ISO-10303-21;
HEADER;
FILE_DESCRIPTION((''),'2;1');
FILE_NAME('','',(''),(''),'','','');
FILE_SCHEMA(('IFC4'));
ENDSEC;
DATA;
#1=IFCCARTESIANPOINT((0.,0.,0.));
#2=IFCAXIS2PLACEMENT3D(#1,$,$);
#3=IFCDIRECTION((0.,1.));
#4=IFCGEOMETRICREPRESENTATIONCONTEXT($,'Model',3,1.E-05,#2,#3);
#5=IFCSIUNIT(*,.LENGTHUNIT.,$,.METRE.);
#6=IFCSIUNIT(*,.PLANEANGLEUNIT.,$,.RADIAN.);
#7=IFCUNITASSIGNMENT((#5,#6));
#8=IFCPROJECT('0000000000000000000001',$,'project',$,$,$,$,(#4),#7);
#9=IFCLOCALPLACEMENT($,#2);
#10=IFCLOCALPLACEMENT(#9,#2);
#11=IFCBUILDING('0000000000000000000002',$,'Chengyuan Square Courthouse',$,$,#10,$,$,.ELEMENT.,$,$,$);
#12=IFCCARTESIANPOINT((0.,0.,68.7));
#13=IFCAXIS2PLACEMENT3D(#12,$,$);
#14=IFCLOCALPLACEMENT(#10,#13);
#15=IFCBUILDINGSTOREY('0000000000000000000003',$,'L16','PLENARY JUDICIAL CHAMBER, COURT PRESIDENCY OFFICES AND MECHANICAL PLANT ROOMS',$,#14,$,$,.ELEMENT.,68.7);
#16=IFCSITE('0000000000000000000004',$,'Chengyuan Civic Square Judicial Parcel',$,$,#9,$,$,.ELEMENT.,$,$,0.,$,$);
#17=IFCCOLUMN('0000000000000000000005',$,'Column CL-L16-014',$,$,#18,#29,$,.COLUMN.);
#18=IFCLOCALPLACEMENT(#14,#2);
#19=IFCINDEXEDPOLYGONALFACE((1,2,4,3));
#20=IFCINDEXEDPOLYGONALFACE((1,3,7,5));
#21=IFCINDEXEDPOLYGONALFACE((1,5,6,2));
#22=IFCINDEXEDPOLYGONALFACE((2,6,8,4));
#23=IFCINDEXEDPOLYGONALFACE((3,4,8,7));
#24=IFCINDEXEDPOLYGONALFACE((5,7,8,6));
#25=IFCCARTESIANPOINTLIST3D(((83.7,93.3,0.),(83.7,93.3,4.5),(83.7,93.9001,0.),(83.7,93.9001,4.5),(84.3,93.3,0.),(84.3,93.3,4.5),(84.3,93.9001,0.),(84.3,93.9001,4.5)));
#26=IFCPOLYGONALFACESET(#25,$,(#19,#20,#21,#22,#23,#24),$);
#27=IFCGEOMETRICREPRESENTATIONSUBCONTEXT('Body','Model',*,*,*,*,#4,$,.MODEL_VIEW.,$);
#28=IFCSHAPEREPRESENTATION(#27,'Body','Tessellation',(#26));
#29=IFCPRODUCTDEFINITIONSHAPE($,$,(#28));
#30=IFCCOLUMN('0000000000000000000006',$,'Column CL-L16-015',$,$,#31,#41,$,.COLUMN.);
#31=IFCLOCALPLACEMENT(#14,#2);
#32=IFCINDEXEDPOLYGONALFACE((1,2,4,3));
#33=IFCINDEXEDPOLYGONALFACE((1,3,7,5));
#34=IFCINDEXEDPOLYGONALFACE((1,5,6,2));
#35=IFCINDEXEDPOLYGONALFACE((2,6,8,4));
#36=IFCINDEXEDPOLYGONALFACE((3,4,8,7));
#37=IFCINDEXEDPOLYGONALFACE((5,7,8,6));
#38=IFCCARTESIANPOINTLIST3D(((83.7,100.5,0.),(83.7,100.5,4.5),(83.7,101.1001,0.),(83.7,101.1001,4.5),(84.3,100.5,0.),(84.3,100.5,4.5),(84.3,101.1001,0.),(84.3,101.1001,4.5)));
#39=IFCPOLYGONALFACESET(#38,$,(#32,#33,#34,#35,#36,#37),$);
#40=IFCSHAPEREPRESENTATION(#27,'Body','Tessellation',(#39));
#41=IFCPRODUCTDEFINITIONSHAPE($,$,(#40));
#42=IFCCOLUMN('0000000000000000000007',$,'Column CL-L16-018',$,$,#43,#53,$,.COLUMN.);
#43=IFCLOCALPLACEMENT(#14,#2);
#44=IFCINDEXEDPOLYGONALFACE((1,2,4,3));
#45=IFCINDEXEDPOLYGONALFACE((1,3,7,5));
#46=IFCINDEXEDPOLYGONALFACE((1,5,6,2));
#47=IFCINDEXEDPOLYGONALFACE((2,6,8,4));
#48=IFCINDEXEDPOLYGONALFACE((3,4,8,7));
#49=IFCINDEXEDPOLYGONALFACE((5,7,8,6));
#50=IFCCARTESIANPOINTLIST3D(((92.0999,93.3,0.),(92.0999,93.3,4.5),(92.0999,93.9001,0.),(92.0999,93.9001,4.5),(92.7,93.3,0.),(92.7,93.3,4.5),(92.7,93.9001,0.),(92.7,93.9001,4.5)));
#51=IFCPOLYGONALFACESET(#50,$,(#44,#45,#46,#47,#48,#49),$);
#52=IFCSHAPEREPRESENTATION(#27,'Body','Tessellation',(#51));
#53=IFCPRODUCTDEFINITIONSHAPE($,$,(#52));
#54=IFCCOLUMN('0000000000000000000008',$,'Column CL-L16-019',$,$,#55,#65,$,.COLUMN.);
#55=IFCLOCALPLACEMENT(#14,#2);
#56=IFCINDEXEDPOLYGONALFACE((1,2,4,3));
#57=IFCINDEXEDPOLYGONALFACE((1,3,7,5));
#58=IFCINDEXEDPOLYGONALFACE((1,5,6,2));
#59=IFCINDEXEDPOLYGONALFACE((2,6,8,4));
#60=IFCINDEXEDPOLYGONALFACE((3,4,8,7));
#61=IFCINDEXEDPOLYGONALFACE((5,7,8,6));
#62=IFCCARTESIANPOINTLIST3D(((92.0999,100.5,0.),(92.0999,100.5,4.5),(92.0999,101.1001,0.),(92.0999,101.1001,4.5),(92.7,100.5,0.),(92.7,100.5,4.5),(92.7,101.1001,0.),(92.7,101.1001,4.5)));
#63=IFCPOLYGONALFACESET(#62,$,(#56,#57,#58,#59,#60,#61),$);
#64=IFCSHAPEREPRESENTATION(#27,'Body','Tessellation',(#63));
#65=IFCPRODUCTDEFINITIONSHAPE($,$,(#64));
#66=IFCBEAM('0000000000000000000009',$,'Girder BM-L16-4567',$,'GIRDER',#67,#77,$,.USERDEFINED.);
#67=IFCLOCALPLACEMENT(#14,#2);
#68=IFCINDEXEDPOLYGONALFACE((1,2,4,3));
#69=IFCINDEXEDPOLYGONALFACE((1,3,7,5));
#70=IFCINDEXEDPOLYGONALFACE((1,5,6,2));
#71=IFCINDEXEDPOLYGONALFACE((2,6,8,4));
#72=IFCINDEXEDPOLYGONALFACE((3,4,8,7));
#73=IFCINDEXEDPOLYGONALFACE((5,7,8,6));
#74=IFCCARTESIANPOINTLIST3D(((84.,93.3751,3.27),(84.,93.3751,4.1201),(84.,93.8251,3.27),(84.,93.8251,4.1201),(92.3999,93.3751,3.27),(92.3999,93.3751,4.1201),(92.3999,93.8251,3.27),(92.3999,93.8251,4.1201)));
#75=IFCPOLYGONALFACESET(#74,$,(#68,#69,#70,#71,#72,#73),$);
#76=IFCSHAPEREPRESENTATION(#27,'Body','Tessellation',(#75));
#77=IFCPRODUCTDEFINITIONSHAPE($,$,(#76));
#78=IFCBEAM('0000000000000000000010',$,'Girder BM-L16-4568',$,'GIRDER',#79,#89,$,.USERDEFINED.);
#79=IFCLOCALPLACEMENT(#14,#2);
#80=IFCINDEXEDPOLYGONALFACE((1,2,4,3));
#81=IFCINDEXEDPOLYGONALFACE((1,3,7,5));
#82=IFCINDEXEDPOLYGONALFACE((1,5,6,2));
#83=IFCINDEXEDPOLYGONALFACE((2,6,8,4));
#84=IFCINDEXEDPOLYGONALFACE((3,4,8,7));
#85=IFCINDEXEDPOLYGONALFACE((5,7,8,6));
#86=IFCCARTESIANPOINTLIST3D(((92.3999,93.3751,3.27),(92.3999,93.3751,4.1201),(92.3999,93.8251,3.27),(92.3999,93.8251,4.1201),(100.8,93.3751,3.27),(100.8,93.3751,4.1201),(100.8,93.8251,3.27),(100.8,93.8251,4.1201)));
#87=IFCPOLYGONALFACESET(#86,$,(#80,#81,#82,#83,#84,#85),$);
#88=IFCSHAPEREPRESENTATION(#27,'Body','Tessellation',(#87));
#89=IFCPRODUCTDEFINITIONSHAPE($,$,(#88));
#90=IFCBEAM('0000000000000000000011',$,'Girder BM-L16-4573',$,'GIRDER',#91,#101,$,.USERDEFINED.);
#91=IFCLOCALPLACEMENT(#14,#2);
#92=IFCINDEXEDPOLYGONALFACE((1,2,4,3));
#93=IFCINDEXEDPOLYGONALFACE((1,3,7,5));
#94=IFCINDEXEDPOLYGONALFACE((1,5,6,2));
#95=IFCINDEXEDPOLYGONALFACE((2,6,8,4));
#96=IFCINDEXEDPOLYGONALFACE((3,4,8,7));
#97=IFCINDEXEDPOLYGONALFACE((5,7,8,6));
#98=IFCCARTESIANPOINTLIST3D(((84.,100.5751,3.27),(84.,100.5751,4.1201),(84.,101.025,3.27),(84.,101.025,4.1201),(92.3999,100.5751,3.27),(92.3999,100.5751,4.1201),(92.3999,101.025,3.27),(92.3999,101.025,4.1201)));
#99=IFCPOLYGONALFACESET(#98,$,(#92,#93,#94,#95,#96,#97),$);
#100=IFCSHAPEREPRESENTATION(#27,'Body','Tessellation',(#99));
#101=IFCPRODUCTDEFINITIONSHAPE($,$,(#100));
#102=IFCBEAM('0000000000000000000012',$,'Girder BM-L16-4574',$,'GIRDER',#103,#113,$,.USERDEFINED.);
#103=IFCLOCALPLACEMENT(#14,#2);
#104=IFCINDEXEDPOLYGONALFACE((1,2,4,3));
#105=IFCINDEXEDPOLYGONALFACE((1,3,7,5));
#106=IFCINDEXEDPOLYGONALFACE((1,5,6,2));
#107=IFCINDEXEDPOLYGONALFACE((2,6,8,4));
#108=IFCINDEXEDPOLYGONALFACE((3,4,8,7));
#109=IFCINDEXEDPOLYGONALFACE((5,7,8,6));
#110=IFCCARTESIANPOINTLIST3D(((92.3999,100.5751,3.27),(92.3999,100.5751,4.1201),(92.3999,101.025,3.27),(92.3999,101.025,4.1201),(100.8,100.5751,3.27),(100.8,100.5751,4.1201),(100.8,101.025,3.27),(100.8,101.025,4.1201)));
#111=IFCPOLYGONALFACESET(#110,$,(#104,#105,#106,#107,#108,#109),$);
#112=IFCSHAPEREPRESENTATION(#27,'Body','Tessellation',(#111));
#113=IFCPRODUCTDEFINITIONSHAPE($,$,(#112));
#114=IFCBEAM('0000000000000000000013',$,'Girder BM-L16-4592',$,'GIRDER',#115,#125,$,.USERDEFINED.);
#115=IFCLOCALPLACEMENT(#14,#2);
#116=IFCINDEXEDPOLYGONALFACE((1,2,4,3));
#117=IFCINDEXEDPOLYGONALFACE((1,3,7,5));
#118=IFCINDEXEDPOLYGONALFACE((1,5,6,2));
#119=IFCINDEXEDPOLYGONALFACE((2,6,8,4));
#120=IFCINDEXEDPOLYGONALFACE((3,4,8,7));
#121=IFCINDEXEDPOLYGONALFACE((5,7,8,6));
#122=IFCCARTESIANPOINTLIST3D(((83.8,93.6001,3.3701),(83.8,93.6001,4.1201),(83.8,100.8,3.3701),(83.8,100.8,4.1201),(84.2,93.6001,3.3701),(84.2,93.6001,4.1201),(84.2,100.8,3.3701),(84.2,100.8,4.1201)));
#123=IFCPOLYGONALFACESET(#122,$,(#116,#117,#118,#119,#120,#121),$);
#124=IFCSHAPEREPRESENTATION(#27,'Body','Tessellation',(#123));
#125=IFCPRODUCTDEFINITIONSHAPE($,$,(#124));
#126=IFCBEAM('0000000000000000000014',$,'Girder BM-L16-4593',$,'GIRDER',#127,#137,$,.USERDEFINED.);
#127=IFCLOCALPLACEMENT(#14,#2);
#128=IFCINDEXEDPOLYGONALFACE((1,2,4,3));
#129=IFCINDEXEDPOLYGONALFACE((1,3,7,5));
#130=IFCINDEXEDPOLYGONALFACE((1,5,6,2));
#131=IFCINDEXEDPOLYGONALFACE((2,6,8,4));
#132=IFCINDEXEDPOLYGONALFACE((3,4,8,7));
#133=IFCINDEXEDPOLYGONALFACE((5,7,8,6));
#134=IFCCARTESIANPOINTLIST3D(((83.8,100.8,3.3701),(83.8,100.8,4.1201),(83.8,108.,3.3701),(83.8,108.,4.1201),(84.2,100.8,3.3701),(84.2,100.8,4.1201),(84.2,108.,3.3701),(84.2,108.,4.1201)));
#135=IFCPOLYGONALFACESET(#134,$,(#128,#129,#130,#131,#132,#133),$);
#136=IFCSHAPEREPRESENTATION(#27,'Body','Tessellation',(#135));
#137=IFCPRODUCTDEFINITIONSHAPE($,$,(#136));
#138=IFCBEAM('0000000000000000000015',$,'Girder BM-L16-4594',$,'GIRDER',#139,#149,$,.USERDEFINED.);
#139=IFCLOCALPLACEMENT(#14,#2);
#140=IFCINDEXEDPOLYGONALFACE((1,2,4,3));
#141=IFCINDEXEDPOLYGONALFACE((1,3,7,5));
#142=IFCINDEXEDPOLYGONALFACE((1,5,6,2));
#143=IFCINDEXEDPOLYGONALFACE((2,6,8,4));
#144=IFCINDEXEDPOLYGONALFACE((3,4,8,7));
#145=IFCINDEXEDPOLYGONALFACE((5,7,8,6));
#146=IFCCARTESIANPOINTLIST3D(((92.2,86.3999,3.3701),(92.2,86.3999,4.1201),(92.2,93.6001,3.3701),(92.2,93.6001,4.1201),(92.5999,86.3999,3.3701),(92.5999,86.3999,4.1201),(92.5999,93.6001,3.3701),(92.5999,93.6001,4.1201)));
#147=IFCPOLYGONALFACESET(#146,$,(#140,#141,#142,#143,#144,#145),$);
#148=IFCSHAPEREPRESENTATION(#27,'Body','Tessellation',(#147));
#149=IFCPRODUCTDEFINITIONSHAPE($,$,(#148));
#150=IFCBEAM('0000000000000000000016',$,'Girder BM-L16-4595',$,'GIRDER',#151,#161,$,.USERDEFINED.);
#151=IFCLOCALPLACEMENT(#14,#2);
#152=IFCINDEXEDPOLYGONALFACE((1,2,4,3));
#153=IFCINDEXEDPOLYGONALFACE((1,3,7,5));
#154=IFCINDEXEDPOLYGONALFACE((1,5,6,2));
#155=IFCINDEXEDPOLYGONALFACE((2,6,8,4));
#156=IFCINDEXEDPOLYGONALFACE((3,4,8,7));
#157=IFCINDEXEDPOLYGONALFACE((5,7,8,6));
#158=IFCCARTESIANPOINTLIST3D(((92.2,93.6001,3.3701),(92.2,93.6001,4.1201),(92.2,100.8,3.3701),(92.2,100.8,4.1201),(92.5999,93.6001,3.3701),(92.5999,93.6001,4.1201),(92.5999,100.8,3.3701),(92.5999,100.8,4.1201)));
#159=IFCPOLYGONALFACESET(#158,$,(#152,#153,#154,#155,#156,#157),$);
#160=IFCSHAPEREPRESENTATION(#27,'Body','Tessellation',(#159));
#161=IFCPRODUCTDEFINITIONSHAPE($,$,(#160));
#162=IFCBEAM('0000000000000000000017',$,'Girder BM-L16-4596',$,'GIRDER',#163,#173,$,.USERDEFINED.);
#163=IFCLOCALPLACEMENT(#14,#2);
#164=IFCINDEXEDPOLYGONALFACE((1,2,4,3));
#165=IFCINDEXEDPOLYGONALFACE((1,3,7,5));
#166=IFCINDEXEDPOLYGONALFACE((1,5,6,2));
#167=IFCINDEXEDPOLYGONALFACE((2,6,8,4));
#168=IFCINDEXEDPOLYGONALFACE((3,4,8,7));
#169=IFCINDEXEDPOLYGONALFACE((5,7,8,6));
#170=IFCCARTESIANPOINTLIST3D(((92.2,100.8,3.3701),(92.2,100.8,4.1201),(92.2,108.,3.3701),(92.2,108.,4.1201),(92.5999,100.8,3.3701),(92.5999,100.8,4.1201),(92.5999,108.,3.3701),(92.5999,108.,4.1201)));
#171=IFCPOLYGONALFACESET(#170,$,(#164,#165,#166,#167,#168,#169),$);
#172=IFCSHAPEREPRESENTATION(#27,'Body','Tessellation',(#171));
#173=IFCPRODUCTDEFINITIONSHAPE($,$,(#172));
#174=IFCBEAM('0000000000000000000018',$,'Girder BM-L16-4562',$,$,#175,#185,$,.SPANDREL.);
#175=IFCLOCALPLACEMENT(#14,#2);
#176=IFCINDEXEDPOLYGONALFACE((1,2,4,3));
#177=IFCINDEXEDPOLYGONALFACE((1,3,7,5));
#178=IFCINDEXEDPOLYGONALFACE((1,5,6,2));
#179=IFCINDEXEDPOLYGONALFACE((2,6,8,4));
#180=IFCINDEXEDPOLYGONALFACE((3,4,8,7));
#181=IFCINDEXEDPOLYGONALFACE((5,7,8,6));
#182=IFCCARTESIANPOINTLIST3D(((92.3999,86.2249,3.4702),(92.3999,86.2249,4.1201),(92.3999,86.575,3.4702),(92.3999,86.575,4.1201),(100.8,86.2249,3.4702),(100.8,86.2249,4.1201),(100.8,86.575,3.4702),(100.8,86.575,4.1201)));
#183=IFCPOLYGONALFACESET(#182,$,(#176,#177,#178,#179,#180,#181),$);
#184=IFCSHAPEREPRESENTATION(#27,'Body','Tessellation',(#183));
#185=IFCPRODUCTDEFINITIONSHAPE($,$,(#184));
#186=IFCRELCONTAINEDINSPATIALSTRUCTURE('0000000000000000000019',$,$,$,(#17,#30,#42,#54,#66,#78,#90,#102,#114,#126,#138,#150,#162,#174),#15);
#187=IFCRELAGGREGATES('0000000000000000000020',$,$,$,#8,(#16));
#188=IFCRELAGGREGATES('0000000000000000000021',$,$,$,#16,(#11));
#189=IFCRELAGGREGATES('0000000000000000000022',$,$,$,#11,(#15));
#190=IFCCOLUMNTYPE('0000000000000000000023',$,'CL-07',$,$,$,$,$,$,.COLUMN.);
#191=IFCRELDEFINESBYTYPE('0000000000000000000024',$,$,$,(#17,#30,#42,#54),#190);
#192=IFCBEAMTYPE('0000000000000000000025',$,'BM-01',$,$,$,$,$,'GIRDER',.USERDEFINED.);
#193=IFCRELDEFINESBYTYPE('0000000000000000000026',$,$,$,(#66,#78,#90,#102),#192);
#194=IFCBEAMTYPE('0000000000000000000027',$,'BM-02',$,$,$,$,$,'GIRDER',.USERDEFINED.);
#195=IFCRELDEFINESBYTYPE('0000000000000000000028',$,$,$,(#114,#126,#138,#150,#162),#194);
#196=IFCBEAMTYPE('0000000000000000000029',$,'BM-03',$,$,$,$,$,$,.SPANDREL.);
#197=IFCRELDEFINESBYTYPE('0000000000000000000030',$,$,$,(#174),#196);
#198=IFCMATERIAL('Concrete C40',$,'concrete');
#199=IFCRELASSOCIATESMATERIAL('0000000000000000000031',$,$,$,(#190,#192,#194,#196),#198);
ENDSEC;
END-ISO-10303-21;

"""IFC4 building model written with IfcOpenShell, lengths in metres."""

from ifc_helpers import new_model, si_unit, direction, frame, origin, origin_2d, place, context, subcontext, project, spatial, rectangle, extrude, material, material_profile, profile_set, type_object, element, save


model = new_model("IFC4")

# Units and contexts
model_context = context("Model", 3, precision=1e-05, world=origin(), true_north=direction((0.0, 1.0)))
body_context = subcontext(model_context, "Body", "Model", "MODEL_VIEW")
ifc_project = project(units=[si_unit("LENGTHUNIT", "METRE"), si_unit("PLANEANGLEUNIT", "RADIAN")], contexts=[model_context])

# Site, building, storey
site_placement = place(None, origin())
site = spatial("IfcSite", under=ifc_project, at=site_placement, Name="Chengyuan Civic Square Judicial Parcel", CompositionType="ELEMENT", RefElevation=0.0)
building_placement = place(site_placement, origin())
building = spatial("IfcBuilding", under=site, at=building_placement, Name="Chengyuan Square Courthouse", CompositionType="ELEMENT")
storey_placement = place(building_placement, frame((0.0, 0.0, 68.7)))
storey = spatial("IfcBuildingStorey", under=building, at=storey_placement, Name="L16", Description="PLENARY JUDICIAL CHAMBER, COURT PRESIDENCY OFFICES AND MECHANICAL PLANT ROOMS", CompositionType="ELEMENT", Elevation=68.7)

# Columns
ifc_material_1 = material(Name="Concrete C40", Category="concrete")
ifc_material_profile_1 = material_profile(ifc_material_1, rectangle(XDim=0.6001, YDim=0.6001, at=origin_2d()), Name="RC-COL-600x600")
ifc_profile_set_1 = profile_set([ifc_material_profile_1], Name="Concrete C40")
column_type = type_object("IfcColumnType", Name="CL-07", PredefinedType="COLUMN", material=ifc_profile_set_1)
for number, where, z_axis, x_axis, name in (
    (1, (84.0, 93.6001, 0.0), (0.0, 0.0, 1.0), (1.0, 0.0, 0.0), "Column CL-L16-014"),
    (2, (84.0, 100.8, 0.0), (0.0, 0.0, 1.0), (1.0, 0.0, 0.0), "Column CL-L16-015"),
    (3, (92.3999, 93.6001, 0.0), (0.0, 0.0, 1.0), (1.0, 0.0, 0.0), "Column CL-L16-018"),
    (4, (92.3999, 100.8, 0.0), (0.0, 0.0, 1.0), (1.0, 0.0, 0.0), "Column CL-L16-019"),
):
    element("IfcColumn", number, at=place(storey_placement, frame(where, z_axis=z_axis, x_axis=x_axis)), inside=storey, type_object=column_type, Name=name, PredefinedType="COLUMN", context=body_context, shape_type="SweptSolid", body=[
        extrude(rectangle(XDim=0.6001, YDim=0.6001, at=origin_2d()), origin(), (0.0, 0.0, 1.0), 4.5),
    ])

# Beams
ifc_material_profile_2 = material_profile(ifc_material_1, rectangle(XDim=0.45, YDim=0.8501, at=origin_2d()), Name="RC-BM-450x850")
ifc_profile_set_2 = profile_set([ifc_material_profile_2], Name="Concrete C40")
beam_type_1 = type_object("IfcBeamType", Name="BM-01", ElementType="GIRDER", PredefinedType="USERDEFINED", material=ifc_profile_set_2)
beam_1_placement = place(storey_placement, frame((84.0, 93.6001, 3.6951), z_axis=(1.0, 0.0, 0.0), x_axis=(0.0, 1.0, 0.0)))
element("IfcBeam", 5, at=beam_1_placement, inside=storey, type_object=beam_type_1, Name="Girder BM-L16-4567", ObjectType="GIRDER", PredefinedType="USERDEFINED", context=body_context, shape_type="SweptSolid", body=[
    extrude(rectangle(XDim=0.45, YDim=0.8501, at=origin_2d()), origin(), (0.0, 0.0, 1.0), 8.3999),
])
beam_2_placement = place(storey_placement, frame((92.3999, 93.6001, 3.6951), z_axis=(1.0, 0.0, 0.0), x_axis=(0.0, 1.0, 0.0)))
element("IfcBeam", 6, at=beam_2_placement, inside=storey, type_object=beam_type_1, Name="Girder BM-L16-4568", ObjectType="GIRDER", PredefinedType="USERDEFINED", context=body_context, shape_type="SweptSolid", body=[
    extrude(rectangle(XDim=0.45, YDim=0.8501, at=origin_2d()), origin(), (0.0, 0.0, 1.0), 8.4001),
])
beam_3_placement = place(storey_placement, frame((84.0, 100.8, 3.6951), z_axis=(1.0, 0.0, 0.0), x_axis=(0.0, 1.0, 0.0)))
element("IfcBeam", 7, at=beam_3_placement, inside=storey, type_object=beam_type_1, Name="Girder BM-L16-4573", ObjectType="GIRDER", PredefinedType="USERDEFINED", context=body_context, shape_type="SweptSolid", body=[
    extrude(rectangle(XDim=0.45, YDim=0.8501, at=origin_2d()), origin(), (0.0, 0.0, 1.0), 8.3999),
])
beam_4_placement = place(storey_placement, frame((92.3999, 100.8, 3.6951), z_axis=(1.0, 0.0, 0.0), x_axis=(0.0, 1.0, 0.0)))
element("IfcBeam", 8, at=beam_4_placement, inside=storey, type_object=beam_type_1, Name="Girder BM-L16-4574", ObjectType="GIRDER", PredefinedType="USERDEFINED", context=body_context, shape_type="SweptSolid", body=[
    extrude(rectangle(XDim=0.45, YDim=0.8501, at=origin_2d()), origin(), (0.0, 0.0, 1.0), 8.4001),
])
ifc_material_profile_3 = material_profile(ifc_material_1, rectangle(XDim=0.3999, YDim=0.75, at=origin_2d()), Name="RC-BM-400x750")
ifc_profile_set_3 = profile_set([ifc_material_profile_3], Name="Concrete C40")
beam_type_2 = type_object("IfcBeamType", Name="BM-02", ElementType="GIRDER", PredefinedType="USERDEFINED", material=ifc_profile_set_3)
for number, where, z_axis, x_axis, name in (
    (9, (84.0, 93.6001, 3.7451), (0.0, 1.0, 0.0), (-1.0, 0.0, 0.0), "Girder BM-L16-4592"),
    (10, (84.0, 100.8, 3.7451), (0.0, 1.0, 0.0), (-1.0, 0.0, 0.0), "Girder BM-L16-4593"),
):
    element("IfcBeam", number, at=place(storey_placement, frame(where, z_axis=z_axis, x_axis=x_axis)), inside=storey, type_object=beam_type_2, Name=name, ObjectType="GIRDER", PredefinedType="USERDEFINED", context=body_context, shape_type="SweptSolid", body=[
        extrude(rectangle(XDim=0.3999, YDim=0.75, at=origin_2d()), origin(), (0.0, 0.0, 1.0), 7.2),
    ])
beam_5_placement = place(storey_placement, frame((92.3999, 86.3999, 3.7451), z_axis=(0.0, 1.0, 0.0), x_axis=(-1.0, 0.0, 0.0)))
element("IfcBeam", 11, at=beam_5_placement, inside=storey, type_object=beam_type_2, Name="Girder BM-L16-4594", ObjectType="GIRDER", PredefinedType="USERDEFINED", context=body_context, shape_type="SweptSolid", body=[
    extrude(rectangle(XDim=0.3999, YDim=0.75, at=origin_2d()), origin(), (0.0, 0.0, 1.0), 7.2002),
])
for number, where, z_axis, x_axis, name in (
    (12, (92.3999, 93.6001, 3.7451), (0.0, 1.0, 0.0), (-1.0, 0.0, 0.0), "Girder BM-L16-4595"),
    (13, (92.3999, 100.8, 3.7451), (0.0, 1.0, 0.0), (-1.0, 0.0, 0.0), "Girder BM-L16-4596"),
):
    element("IfcBeam", number, at=place(storey_placement, frame(where, z_axis=z_axis, x_axis=x_axis)), inside=storey, type_object=beam_type_2, Name=name, ObjectType="GIRDER", PredefinedType="USERDEFINED", context=body_context, shape_type="SweptSolid", body=[
        extrude(rectangle(XDim=0.3999, YDim=0.75, at=origin_2d()), origin(), (0.0, 0.0, 1.0), 7.2),
    ])
ifc_material_profile_4 = material_profile(ifc_material_1, rectangle(XDim=0.3501, YDim=0.6499, at=origin_2d()), Name="RC-BM-350x650")
ifc_profile_set_4 = profile_set([ifc_material_profile_4], Name="Concrete C40")
beam_type_3 = type_object("IfcBeamType", Name="BM-03", PredefinedType="SPANDREL", material=ifc_profile_set_4)
beam_6_placement = place(storey_placement, frame((92.3999, 86.3999, 3.7952), z_axis=(1.0, 0.0, 0.0), x_axis=(0.0, 1.0, 0.0)))
element("IfcBeam", 14, at=beam_6_placement, inside=storey, type_object=beam_type_3, Name="Girder BM-L16-4562", PredefinedType="SPANDREL", context=body_context, shape_type="SweptSolid", body=[
    extrude(rectangle(XDim=0.3501, YDim=0.6499, at=origin_2d()), origin(), (0.0, 0.0, 1.0), 8.4001),
])

save(model, "model.ifc")
